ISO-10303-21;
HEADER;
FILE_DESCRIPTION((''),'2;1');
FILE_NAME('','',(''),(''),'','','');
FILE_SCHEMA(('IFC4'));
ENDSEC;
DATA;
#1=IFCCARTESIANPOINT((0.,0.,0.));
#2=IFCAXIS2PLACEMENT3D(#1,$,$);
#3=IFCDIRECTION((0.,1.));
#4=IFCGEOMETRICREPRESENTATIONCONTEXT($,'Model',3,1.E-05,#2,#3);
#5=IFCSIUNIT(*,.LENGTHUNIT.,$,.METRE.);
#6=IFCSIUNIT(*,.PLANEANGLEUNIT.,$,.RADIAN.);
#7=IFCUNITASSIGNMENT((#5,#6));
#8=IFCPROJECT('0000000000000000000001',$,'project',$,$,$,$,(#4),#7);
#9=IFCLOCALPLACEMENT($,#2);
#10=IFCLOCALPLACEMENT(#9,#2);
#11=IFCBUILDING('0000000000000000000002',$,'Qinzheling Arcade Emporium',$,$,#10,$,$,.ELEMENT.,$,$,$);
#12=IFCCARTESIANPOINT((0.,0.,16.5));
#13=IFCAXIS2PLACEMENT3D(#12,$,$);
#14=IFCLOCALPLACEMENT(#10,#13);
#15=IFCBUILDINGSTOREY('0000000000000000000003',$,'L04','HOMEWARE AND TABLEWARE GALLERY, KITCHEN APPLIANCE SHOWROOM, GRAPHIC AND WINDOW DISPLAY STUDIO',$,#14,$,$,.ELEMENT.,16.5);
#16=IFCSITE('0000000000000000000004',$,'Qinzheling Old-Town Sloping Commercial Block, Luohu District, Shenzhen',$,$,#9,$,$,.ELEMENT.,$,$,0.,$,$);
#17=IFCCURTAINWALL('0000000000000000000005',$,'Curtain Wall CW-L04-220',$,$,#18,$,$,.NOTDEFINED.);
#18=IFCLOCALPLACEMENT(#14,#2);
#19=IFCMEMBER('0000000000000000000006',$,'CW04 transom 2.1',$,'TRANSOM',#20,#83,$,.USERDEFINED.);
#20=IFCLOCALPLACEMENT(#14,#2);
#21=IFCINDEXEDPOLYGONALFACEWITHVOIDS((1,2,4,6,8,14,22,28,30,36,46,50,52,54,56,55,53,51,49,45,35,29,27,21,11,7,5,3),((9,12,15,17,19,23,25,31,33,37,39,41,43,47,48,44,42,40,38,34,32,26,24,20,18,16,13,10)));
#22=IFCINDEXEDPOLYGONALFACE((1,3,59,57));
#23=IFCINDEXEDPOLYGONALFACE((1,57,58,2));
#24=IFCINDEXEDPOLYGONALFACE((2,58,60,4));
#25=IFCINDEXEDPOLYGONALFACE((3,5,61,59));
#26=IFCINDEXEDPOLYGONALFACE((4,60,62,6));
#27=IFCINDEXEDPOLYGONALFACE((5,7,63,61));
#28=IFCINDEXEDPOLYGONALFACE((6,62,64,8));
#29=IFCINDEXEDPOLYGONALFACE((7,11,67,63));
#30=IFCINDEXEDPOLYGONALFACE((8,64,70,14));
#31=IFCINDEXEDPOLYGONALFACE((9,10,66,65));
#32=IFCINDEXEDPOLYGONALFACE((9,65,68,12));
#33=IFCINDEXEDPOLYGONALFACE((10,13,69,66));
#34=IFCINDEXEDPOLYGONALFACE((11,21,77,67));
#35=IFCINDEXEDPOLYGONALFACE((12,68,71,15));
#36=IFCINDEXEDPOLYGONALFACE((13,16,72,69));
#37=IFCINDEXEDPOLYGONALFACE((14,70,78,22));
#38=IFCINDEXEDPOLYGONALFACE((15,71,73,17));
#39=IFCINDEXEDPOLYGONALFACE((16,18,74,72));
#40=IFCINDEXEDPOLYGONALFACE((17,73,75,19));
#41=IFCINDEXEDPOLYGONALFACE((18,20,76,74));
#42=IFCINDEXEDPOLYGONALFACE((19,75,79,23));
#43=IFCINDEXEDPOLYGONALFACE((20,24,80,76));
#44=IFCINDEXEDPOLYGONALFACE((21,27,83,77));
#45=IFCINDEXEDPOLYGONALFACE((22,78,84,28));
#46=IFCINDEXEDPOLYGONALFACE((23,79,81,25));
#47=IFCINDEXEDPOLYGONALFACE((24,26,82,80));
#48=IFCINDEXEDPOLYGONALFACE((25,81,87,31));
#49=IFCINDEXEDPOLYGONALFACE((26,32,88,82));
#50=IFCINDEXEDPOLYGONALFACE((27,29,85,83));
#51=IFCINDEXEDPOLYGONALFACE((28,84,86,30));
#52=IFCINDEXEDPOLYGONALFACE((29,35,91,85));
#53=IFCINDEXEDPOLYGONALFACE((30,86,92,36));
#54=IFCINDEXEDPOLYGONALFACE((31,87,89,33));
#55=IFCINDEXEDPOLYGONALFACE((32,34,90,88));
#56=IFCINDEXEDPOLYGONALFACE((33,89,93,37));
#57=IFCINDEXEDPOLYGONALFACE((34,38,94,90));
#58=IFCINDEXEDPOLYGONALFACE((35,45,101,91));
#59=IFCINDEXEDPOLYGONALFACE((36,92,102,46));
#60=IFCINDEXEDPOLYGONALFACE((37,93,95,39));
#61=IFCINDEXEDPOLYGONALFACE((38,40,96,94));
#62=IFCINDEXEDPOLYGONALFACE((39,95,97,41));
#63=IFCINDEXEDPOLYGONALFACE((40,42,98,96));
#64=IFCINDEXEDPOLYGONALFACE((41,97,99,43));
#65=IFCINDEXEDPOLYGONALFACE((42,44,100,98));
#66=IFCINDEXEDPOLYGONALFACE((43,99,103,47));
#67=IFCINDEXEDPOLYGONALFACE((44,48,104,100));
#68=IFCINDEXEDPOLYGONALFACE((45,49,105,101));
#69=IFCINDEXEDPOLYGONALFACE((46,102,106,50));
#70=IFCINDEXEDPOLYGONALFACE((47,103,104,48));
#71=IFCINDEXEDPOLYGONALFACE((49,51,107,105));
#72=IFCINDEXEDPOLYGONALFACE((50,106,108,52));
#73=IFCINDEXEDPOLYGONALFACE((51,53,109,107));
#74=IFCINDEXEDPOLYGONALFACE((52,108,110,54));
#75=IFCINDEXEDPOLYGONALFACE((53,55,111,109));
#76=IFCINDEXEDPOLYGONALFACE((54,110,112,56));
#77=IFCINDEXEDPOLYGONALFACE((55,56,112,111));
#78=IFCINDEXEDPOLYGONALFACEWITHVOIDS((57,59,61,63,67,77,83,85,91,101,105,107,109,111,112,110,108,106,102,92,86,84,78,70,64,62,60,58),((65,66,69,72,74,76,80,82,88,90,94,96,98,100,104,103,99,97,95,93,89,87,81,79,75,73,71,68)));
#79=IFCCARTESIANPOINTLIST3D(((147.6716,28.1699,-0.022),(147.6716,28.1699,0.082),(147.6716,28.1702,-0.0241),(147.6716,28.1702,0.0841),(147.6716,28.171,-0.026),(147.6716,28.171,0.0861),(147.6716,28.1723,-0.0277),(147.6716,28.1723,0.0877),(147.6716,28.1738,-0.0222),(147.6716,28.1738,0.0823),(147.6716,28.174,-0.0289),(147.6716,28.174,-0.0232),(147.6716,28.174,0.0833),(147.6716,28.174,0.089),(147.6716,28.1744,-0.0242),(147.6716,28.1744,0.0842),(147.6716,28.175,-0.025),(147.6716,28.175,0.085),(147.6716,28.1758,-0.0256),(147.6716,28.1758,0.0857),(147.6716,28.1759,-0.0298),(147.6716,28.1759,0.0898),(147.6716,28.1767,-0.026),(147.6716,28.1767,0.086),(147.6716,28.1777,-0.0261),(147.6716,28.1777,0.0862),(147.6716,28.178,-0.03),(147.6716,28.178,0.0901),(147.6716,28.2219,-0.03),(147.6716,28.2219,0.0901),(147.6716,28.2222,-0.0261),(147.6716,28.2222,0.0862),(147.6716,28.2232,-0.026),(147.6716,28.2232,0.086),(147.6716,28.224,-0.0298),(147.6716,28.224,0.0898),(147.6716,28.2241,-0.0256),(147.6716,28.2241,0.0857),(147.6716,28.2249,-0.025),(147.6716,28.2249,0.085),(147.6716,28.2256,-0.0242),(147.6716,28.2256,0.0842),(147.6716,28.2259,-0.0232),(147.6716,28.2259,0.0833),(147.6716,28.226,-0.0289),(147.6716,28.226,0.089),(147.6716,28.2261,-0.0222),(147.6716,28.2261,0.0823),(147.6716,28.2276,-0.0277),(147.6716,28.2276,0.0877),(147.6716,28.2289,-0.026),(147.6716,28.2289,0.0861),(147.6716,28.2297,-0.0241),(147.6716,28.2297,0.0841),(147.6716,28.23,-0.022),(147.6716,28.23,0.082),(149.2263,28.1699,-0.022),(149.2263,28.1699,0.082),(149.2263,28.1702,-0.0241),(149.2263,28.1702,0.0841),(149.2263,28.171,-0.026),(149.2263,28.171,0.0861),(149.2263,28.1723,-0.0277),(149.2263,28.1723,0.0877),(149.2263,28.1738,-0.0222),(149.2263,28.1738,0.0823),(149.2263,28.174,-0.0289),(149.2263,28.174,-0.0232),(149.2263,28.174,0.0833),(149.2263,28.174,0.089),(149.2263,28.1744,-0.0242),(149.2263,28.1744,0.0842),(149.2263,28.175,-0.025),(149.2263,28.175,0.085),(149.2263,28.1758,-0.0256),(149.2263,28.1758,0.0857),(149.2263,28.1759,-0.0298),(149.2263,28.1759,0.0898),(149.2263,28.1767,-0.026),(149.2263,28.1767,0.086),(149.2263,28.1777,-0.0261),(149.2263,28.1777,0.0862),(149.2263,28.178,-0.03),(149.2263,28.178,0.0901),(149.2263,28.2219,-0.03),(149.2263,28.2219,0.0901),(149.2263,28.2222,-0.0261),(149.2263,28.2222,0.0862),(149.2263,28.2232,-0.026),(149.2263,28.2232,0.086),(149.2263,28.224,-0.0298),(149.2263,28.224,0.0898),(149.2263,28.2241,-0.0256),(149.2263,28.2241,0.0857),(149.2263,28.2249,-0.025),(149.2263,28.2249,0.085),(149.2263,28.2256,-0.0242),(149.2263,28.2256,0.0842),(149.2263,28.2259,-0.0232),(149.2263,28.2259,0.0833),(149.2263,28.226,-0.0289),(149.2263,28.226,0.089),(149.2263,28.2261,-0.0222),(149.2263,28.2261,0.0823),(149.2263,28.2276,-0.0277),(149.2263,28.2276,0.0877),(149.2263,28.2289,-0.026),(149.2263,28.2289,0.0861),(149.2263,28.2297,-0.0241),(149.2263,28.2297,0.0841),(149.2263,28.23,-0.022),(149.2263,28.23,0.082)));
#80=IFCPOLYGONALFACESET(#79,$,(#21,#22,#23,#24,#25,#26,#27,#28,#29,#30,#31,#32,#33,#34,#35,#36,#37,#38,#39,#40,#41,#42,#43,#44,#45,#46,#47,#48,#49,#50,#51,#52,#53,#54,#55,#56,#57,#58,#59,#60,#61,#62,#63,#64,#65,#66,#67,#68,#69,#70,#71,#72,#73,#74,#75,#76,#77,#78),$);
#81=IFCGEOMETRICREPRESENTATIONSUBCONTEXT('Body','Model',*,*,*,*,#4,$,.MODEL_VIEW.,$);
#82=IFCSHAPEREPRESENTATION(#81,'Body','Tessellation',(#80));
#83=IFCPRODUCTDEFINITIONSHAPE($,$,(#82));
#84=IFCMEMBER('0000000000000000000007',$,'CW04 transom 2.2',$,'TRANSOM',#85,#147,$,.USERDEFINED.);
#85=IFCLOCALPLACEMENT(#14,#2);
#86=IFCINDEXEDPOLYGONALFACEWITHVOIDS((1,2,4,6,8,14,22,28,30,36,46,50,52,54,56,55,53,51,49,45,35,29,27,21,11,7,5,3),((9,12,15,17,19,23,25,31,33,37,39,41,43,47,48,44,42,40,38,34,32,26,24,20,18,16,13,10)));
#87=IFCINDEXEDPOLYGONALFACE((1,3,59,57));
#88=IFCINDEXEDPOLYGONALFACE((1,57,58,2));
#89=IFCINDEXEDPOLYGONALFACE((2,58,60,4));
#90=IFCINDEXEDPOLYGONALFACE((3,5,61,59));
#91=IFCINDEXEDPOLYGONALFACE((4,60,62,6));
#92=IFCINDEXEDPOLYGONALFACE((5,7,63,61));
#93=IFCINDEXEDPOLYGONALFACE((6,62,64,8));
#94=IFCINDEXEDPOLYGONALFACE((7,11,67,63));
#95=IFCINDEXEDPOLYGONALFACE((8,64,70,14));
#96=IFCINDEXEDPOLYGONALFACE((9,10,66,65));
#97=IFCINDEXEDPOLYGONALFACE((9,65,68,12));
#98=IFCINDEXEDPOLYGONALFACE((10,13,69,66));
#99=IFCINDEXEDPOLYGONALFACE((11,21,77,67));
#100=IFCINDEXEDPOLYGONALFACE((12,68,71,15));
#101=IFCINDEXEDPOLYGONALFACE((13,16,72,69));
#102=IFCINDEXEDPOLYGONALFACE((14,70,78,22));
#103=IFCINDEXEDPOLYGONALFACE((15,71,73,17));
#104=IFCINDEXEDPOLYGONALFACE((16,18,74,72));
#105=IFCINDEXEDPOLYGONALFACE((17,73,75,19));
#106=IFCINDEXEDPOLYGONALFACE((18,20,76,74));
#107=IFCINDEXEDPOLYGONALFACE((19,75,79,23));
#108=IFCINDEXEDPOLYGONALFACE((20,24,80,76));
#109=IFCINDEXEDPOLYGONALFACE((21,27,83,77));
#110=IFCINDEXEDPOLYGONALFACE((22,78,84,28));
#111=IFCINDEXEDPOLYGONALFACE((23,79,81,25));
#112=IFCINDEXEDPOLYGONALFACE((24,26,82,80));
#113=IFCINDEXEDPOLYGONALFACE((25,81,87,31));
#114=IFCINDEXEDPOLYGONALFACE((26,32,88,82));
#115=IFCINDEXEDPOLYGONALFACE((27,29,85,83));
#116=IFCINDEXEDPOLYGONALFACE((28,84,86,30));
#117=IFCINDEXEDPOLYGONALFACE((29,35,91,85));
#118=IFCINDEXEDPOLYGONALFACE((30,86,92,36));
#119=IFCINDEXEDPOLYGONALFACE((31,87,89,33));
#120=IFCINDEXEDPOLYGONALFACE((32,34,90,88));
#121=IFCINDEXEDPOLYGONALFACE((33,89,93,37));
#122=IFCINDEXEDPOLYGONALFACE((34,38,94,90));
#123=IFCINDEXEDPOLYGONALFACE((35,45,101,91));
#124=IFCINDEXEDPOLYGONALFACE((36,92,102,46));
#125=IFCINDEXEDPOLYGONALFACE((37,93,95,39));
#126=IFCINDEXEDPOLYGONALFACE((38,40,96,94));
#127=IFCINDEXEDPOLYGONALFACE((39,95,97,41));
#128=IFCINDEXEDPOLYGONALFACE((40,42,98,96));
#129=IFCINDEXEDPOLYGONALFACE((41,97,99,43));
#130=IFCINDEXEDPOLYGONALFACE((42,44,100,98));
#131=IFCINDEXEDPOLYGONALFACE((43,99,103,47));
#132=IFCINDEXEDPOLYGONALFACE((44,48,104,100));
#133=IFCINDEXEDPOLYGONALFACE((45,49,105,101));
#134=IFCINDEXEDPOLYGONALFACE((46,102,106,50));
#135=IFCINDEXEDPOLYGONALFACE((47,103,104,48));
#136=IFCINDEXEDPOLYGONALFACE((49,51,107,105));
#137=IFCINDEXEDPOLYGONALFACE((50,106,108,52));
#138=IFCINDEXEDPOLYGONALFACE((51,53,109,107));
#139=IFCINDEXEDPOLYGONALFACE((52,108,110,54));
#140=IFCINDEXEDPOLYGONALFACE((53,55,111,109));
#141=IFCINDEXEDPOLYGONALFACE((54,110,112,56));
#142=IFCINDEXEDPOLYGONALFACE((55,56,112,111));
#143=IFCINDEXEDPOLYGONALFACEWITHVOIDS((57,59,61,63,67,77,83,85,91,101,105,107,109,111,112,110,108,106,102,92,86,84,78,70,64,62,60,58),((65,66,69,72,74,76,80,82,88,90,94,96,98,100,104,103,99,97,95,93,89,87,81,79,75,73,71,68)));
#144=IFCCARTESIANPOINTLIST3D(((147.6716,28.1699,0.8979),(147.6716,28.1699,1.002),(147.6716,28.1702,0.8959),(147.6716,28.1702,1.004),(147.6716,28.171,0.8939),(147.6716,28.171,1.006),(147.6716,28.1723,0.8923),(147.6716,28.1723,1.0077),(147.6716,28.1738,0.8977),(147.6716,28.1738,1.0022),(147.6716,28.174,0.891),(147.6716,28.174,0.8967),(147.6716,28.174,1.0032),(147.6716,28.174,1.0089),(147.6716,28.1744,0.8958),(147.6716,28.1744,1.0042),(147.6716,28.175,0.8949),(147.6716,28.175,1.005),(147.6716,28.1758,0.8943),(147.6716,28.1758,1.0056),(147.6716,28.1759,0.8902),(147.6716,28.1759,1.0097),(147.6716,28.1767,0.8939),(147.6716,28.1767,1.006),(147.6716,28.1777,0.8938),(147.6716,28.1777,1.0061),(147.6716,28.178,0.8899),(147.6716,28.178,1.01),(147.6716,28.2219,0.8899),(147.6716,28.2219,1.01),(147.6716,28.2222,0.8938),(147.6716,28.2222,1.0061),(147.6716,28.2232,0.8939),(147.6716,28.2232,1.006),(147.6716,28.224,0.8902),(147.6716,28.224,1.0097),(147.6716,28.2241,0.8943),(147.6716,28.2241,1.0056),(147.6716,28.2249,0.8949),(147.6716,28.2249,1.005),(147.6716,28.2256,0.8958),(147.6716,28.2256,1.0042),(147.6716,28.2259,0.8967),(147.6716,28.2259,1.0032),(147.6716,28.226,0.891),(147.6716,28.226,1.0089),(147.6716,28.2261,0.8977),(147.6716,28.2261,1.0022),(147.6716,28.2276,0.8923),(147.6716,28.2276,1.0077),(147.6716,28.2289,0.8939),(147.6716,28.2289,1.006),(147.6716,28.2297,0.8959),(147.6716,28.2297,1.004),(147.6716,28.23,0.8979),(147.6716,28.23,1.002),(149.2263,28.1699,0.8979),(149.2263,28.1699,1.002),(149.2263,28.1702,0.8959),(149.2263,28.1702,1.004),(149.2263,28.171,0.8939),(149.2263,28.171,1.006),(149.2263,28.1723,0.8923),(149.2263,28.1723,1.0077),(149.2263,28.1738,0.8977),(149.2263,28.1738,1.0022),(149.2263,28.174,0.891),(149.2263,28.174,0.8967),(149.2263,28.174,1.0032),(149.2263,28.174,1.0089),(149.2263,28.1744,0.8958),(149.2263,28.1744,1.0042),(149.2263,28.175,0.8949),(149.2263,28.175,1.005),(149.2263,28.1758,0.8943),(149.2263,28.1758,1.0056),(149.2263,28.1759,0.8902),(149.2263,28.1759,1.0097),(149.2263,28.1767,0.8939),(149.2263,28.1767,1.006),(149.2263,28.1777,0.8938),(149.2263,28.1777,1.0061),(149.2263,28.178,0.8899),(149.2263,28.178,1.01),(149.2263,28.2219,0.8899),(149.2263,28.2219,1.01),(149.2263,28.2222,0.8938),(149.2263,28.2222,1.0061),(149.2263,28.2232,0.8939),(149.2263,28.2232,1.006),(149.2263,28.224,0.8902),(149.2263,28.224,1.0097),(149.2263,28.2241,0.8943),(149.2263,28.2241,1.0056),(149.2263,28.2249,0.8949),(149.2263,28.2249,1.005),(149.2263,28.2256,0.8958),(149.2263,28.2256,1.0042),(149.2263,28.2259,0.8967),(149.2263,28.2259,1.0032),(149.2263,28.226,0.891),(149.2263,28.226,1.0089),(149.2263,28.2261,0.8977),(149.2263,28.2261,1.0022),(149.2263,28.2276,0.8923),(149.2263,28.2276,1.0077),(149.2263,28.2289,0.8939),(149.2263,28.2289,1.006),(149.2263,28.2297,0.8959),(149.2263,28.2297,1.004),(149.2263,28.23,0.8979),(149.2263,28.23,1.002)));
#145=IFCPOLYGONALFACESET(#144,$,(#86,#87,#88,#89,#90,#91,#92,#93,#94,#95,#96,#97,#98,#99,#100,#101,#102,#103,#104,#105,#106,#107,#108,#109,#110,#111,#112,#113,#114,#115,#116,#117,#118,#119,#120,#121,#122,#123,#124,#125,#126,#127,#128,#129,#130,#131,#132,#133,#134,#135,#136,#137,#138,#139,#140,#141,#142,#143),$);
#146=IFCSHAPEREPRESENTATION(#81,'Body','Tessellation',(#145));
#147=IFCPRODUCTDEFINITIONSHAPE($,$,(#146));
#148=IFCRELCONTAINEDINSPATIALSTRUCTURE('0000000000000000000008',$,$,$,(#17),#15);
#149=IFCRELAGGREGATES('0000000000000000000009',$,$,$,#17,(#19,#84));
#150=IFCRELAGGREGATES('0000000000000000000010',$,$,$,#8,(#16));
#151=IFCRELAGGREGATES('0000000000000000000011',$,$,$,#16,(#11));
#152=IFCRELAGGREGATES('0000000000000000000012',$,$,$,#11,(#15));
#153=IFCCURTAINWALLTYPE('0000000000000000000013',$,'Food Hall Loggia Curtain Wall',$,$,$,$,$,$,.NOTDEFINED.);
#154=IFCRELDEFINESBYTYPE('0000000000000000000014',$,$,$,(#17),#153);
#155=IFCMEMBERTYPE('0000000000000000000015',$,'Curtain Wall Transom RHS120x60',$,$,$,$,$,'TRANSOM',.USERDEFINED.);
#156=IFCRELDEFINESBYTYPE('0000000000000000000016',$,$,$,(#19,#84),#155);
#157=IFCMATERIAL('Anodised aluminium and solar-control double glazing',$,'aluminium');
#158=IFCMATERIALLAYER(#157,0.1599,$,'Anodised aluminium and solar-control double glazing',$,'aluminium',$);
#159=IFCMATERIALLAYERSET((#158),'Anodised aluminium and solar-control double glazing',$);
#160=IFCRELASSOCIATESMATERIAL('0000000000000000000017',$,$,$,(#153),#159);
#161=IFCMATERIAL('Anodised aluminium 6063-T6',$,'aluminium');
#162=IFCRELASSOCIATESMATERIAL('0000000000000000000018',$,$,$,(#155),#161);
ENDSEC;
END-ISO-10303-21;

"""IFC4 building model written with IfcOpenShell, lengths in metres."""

from ifc_helpers import new_model, si_unit, direction, frame, origin, origin_2d, place, context, subcontext, project, spatial, hollow_rectangle, extrude, material, layer, layer_set, material_profile, profile_set, type_object, element, aggregate, save


model = new_model("IFC4")

# Units and contexts
model_context = context("Model", 3, precision=1e-05, world=origin(), true_north=direction((0.0, 1.0)))
body_context = subcontext(model_context, "Body", "Model", "MODEL_VIEW")
ifc_project = project(units=[si_unit("LENGTHUNIT", "METRE"), si_unit("PLANEANGLEUNIT", "RADIAN")], contexts=[model_context])

# Site, building, storey
site_placement = place(None, origin())
site = spatial("IfcSite", under=ifc_project, at=site_placement, Name="Qinzheling Old-Town Sloping Commercial Block, Luohu District, Shenzhen", CompositionType="ELEMENT", RefElevation=0.0)
building_placement = place(site_placement, origin())
building = spatial("IfcBuilding", under=site, at=building_placement, Name="Qinzheling Arcade Emporium", CompositionType="ELEMENT")
storey_placement = place(building_placement, frame((0.0, 0.0, 16.5)))
storey = spatial("IfcBuildingStorey", under=building, at=storey_placement, Name="L04", Description="HOMEWARE AND TABLEWARE GALLERY, KITCHEN APPLIANCE SHOWROOM, GRAPHIC AND WINDOW DISPLAY STUDIO", CompositionType="ELEMENT", Elevation=16.5)

# Curtain wall, members
ifc_material_1 = material(Name="Anodised aluminium and solar-control double glazing", Category="aluminium")
ifc_layer_1 = layer(ifc_material_1, 0.1599, Name="Anodised aluminium and solar-control double glazing", Category="aluminium")
ifc_layer_set_1 = layer_set([ifc_layer_1], Name="Anodised aluminium and solar-control double glazing")
curtain_wall_type = type_object("IfcCurtainWallType", Name="Food Hall Loggia Curtain Wall", PredefinedType="NOTDEFINED", material=ifc_layer_set_1)
curtain_wall_placement = place(storey_placement, origin())
curtain_wall = element("IfcCurtainWall", 1, at=curtain_wall_placement, inside=storey, type_object=curtain_wall_type, Name="Curtain Wall CW-L04-220", PredefinedType="NOTDEFINED")
ifc_material_2 = material(Name="Anodised aluminium 6063-T6", Category="aluminium")
ifc_material_profile_1 = material_profile(ifc_material_2, hollow_rectangle(XDim=0.0601, YDim=0.1201, WallThickness=0.0039, InnerFilletRadius=0.0039, OuterFilletRadius=0.0081, at=origin_2d()), Name="RHS 120x60x4", Category="aluminium")
ifc_profile_set_1 = profile_set([ifc_material_profile_1], Name="Anodised aluminium 6063-T6")
member_type_1 = type_object("IfcMemberType", Name="Curtain Wall Transom RHS120x60", ElementType="TRANSOM", PredefinedType="USERDEFINED", material=ifc_profile_set_1)
member_1_placement = place(storey_placement, frame((147.6716, 28.2, 0.03), z_axis=(1.0, 0.0, 0.0), x_axis=(0.0, 1.0, 0.0)))
member_1 = element("IfcMember", 2, at=member_1_placement, type_object=member_type_1, Name="CW04 transom 2.1", ObjectType="TRANSOM", PredefinedType="USERDEFINED", context=body_context, shape_type="SweptSolid", body=[
    extrude(hollow_rectangle(XDim=0.0601, YDim=0.1201, WallThickness=0.0039, InnerFilletRadius=0.0039, OuterFilletRadius=0.0081, at=origin_2d()), origin(), (0.0, 0.0, 1.0), 1.5547),
])
member_2_placement = place(storey_placement, frame((147.6716, 28.2, 0.95), z_axis=(1.0, 0.0, 0.0), x_axis=(0.0, 1.0, 0.0)))
member_2 = element("IfcMember", 3, at=member_2_placement, type_object=member_type_1, Name="CW04 transom 2.2", ObjectType="TRANSOM", PredefinedType="USERDEFINED", context=body_context, shape_type="SweptSolid", body=[
    extrude(hollow_rectangle(XDim=0.0601, YDim=0.1201, WallThickness=0.0039, InnerFilletRadius=0.0039, OuterFilletRadius=0.0081, at=origin_2d()), origin(), (0.0, 0.0, 1.0), 1.5547),
])

aggregate(curtain_wall, [member_1, member_2])

save(model, "model.ifc")
